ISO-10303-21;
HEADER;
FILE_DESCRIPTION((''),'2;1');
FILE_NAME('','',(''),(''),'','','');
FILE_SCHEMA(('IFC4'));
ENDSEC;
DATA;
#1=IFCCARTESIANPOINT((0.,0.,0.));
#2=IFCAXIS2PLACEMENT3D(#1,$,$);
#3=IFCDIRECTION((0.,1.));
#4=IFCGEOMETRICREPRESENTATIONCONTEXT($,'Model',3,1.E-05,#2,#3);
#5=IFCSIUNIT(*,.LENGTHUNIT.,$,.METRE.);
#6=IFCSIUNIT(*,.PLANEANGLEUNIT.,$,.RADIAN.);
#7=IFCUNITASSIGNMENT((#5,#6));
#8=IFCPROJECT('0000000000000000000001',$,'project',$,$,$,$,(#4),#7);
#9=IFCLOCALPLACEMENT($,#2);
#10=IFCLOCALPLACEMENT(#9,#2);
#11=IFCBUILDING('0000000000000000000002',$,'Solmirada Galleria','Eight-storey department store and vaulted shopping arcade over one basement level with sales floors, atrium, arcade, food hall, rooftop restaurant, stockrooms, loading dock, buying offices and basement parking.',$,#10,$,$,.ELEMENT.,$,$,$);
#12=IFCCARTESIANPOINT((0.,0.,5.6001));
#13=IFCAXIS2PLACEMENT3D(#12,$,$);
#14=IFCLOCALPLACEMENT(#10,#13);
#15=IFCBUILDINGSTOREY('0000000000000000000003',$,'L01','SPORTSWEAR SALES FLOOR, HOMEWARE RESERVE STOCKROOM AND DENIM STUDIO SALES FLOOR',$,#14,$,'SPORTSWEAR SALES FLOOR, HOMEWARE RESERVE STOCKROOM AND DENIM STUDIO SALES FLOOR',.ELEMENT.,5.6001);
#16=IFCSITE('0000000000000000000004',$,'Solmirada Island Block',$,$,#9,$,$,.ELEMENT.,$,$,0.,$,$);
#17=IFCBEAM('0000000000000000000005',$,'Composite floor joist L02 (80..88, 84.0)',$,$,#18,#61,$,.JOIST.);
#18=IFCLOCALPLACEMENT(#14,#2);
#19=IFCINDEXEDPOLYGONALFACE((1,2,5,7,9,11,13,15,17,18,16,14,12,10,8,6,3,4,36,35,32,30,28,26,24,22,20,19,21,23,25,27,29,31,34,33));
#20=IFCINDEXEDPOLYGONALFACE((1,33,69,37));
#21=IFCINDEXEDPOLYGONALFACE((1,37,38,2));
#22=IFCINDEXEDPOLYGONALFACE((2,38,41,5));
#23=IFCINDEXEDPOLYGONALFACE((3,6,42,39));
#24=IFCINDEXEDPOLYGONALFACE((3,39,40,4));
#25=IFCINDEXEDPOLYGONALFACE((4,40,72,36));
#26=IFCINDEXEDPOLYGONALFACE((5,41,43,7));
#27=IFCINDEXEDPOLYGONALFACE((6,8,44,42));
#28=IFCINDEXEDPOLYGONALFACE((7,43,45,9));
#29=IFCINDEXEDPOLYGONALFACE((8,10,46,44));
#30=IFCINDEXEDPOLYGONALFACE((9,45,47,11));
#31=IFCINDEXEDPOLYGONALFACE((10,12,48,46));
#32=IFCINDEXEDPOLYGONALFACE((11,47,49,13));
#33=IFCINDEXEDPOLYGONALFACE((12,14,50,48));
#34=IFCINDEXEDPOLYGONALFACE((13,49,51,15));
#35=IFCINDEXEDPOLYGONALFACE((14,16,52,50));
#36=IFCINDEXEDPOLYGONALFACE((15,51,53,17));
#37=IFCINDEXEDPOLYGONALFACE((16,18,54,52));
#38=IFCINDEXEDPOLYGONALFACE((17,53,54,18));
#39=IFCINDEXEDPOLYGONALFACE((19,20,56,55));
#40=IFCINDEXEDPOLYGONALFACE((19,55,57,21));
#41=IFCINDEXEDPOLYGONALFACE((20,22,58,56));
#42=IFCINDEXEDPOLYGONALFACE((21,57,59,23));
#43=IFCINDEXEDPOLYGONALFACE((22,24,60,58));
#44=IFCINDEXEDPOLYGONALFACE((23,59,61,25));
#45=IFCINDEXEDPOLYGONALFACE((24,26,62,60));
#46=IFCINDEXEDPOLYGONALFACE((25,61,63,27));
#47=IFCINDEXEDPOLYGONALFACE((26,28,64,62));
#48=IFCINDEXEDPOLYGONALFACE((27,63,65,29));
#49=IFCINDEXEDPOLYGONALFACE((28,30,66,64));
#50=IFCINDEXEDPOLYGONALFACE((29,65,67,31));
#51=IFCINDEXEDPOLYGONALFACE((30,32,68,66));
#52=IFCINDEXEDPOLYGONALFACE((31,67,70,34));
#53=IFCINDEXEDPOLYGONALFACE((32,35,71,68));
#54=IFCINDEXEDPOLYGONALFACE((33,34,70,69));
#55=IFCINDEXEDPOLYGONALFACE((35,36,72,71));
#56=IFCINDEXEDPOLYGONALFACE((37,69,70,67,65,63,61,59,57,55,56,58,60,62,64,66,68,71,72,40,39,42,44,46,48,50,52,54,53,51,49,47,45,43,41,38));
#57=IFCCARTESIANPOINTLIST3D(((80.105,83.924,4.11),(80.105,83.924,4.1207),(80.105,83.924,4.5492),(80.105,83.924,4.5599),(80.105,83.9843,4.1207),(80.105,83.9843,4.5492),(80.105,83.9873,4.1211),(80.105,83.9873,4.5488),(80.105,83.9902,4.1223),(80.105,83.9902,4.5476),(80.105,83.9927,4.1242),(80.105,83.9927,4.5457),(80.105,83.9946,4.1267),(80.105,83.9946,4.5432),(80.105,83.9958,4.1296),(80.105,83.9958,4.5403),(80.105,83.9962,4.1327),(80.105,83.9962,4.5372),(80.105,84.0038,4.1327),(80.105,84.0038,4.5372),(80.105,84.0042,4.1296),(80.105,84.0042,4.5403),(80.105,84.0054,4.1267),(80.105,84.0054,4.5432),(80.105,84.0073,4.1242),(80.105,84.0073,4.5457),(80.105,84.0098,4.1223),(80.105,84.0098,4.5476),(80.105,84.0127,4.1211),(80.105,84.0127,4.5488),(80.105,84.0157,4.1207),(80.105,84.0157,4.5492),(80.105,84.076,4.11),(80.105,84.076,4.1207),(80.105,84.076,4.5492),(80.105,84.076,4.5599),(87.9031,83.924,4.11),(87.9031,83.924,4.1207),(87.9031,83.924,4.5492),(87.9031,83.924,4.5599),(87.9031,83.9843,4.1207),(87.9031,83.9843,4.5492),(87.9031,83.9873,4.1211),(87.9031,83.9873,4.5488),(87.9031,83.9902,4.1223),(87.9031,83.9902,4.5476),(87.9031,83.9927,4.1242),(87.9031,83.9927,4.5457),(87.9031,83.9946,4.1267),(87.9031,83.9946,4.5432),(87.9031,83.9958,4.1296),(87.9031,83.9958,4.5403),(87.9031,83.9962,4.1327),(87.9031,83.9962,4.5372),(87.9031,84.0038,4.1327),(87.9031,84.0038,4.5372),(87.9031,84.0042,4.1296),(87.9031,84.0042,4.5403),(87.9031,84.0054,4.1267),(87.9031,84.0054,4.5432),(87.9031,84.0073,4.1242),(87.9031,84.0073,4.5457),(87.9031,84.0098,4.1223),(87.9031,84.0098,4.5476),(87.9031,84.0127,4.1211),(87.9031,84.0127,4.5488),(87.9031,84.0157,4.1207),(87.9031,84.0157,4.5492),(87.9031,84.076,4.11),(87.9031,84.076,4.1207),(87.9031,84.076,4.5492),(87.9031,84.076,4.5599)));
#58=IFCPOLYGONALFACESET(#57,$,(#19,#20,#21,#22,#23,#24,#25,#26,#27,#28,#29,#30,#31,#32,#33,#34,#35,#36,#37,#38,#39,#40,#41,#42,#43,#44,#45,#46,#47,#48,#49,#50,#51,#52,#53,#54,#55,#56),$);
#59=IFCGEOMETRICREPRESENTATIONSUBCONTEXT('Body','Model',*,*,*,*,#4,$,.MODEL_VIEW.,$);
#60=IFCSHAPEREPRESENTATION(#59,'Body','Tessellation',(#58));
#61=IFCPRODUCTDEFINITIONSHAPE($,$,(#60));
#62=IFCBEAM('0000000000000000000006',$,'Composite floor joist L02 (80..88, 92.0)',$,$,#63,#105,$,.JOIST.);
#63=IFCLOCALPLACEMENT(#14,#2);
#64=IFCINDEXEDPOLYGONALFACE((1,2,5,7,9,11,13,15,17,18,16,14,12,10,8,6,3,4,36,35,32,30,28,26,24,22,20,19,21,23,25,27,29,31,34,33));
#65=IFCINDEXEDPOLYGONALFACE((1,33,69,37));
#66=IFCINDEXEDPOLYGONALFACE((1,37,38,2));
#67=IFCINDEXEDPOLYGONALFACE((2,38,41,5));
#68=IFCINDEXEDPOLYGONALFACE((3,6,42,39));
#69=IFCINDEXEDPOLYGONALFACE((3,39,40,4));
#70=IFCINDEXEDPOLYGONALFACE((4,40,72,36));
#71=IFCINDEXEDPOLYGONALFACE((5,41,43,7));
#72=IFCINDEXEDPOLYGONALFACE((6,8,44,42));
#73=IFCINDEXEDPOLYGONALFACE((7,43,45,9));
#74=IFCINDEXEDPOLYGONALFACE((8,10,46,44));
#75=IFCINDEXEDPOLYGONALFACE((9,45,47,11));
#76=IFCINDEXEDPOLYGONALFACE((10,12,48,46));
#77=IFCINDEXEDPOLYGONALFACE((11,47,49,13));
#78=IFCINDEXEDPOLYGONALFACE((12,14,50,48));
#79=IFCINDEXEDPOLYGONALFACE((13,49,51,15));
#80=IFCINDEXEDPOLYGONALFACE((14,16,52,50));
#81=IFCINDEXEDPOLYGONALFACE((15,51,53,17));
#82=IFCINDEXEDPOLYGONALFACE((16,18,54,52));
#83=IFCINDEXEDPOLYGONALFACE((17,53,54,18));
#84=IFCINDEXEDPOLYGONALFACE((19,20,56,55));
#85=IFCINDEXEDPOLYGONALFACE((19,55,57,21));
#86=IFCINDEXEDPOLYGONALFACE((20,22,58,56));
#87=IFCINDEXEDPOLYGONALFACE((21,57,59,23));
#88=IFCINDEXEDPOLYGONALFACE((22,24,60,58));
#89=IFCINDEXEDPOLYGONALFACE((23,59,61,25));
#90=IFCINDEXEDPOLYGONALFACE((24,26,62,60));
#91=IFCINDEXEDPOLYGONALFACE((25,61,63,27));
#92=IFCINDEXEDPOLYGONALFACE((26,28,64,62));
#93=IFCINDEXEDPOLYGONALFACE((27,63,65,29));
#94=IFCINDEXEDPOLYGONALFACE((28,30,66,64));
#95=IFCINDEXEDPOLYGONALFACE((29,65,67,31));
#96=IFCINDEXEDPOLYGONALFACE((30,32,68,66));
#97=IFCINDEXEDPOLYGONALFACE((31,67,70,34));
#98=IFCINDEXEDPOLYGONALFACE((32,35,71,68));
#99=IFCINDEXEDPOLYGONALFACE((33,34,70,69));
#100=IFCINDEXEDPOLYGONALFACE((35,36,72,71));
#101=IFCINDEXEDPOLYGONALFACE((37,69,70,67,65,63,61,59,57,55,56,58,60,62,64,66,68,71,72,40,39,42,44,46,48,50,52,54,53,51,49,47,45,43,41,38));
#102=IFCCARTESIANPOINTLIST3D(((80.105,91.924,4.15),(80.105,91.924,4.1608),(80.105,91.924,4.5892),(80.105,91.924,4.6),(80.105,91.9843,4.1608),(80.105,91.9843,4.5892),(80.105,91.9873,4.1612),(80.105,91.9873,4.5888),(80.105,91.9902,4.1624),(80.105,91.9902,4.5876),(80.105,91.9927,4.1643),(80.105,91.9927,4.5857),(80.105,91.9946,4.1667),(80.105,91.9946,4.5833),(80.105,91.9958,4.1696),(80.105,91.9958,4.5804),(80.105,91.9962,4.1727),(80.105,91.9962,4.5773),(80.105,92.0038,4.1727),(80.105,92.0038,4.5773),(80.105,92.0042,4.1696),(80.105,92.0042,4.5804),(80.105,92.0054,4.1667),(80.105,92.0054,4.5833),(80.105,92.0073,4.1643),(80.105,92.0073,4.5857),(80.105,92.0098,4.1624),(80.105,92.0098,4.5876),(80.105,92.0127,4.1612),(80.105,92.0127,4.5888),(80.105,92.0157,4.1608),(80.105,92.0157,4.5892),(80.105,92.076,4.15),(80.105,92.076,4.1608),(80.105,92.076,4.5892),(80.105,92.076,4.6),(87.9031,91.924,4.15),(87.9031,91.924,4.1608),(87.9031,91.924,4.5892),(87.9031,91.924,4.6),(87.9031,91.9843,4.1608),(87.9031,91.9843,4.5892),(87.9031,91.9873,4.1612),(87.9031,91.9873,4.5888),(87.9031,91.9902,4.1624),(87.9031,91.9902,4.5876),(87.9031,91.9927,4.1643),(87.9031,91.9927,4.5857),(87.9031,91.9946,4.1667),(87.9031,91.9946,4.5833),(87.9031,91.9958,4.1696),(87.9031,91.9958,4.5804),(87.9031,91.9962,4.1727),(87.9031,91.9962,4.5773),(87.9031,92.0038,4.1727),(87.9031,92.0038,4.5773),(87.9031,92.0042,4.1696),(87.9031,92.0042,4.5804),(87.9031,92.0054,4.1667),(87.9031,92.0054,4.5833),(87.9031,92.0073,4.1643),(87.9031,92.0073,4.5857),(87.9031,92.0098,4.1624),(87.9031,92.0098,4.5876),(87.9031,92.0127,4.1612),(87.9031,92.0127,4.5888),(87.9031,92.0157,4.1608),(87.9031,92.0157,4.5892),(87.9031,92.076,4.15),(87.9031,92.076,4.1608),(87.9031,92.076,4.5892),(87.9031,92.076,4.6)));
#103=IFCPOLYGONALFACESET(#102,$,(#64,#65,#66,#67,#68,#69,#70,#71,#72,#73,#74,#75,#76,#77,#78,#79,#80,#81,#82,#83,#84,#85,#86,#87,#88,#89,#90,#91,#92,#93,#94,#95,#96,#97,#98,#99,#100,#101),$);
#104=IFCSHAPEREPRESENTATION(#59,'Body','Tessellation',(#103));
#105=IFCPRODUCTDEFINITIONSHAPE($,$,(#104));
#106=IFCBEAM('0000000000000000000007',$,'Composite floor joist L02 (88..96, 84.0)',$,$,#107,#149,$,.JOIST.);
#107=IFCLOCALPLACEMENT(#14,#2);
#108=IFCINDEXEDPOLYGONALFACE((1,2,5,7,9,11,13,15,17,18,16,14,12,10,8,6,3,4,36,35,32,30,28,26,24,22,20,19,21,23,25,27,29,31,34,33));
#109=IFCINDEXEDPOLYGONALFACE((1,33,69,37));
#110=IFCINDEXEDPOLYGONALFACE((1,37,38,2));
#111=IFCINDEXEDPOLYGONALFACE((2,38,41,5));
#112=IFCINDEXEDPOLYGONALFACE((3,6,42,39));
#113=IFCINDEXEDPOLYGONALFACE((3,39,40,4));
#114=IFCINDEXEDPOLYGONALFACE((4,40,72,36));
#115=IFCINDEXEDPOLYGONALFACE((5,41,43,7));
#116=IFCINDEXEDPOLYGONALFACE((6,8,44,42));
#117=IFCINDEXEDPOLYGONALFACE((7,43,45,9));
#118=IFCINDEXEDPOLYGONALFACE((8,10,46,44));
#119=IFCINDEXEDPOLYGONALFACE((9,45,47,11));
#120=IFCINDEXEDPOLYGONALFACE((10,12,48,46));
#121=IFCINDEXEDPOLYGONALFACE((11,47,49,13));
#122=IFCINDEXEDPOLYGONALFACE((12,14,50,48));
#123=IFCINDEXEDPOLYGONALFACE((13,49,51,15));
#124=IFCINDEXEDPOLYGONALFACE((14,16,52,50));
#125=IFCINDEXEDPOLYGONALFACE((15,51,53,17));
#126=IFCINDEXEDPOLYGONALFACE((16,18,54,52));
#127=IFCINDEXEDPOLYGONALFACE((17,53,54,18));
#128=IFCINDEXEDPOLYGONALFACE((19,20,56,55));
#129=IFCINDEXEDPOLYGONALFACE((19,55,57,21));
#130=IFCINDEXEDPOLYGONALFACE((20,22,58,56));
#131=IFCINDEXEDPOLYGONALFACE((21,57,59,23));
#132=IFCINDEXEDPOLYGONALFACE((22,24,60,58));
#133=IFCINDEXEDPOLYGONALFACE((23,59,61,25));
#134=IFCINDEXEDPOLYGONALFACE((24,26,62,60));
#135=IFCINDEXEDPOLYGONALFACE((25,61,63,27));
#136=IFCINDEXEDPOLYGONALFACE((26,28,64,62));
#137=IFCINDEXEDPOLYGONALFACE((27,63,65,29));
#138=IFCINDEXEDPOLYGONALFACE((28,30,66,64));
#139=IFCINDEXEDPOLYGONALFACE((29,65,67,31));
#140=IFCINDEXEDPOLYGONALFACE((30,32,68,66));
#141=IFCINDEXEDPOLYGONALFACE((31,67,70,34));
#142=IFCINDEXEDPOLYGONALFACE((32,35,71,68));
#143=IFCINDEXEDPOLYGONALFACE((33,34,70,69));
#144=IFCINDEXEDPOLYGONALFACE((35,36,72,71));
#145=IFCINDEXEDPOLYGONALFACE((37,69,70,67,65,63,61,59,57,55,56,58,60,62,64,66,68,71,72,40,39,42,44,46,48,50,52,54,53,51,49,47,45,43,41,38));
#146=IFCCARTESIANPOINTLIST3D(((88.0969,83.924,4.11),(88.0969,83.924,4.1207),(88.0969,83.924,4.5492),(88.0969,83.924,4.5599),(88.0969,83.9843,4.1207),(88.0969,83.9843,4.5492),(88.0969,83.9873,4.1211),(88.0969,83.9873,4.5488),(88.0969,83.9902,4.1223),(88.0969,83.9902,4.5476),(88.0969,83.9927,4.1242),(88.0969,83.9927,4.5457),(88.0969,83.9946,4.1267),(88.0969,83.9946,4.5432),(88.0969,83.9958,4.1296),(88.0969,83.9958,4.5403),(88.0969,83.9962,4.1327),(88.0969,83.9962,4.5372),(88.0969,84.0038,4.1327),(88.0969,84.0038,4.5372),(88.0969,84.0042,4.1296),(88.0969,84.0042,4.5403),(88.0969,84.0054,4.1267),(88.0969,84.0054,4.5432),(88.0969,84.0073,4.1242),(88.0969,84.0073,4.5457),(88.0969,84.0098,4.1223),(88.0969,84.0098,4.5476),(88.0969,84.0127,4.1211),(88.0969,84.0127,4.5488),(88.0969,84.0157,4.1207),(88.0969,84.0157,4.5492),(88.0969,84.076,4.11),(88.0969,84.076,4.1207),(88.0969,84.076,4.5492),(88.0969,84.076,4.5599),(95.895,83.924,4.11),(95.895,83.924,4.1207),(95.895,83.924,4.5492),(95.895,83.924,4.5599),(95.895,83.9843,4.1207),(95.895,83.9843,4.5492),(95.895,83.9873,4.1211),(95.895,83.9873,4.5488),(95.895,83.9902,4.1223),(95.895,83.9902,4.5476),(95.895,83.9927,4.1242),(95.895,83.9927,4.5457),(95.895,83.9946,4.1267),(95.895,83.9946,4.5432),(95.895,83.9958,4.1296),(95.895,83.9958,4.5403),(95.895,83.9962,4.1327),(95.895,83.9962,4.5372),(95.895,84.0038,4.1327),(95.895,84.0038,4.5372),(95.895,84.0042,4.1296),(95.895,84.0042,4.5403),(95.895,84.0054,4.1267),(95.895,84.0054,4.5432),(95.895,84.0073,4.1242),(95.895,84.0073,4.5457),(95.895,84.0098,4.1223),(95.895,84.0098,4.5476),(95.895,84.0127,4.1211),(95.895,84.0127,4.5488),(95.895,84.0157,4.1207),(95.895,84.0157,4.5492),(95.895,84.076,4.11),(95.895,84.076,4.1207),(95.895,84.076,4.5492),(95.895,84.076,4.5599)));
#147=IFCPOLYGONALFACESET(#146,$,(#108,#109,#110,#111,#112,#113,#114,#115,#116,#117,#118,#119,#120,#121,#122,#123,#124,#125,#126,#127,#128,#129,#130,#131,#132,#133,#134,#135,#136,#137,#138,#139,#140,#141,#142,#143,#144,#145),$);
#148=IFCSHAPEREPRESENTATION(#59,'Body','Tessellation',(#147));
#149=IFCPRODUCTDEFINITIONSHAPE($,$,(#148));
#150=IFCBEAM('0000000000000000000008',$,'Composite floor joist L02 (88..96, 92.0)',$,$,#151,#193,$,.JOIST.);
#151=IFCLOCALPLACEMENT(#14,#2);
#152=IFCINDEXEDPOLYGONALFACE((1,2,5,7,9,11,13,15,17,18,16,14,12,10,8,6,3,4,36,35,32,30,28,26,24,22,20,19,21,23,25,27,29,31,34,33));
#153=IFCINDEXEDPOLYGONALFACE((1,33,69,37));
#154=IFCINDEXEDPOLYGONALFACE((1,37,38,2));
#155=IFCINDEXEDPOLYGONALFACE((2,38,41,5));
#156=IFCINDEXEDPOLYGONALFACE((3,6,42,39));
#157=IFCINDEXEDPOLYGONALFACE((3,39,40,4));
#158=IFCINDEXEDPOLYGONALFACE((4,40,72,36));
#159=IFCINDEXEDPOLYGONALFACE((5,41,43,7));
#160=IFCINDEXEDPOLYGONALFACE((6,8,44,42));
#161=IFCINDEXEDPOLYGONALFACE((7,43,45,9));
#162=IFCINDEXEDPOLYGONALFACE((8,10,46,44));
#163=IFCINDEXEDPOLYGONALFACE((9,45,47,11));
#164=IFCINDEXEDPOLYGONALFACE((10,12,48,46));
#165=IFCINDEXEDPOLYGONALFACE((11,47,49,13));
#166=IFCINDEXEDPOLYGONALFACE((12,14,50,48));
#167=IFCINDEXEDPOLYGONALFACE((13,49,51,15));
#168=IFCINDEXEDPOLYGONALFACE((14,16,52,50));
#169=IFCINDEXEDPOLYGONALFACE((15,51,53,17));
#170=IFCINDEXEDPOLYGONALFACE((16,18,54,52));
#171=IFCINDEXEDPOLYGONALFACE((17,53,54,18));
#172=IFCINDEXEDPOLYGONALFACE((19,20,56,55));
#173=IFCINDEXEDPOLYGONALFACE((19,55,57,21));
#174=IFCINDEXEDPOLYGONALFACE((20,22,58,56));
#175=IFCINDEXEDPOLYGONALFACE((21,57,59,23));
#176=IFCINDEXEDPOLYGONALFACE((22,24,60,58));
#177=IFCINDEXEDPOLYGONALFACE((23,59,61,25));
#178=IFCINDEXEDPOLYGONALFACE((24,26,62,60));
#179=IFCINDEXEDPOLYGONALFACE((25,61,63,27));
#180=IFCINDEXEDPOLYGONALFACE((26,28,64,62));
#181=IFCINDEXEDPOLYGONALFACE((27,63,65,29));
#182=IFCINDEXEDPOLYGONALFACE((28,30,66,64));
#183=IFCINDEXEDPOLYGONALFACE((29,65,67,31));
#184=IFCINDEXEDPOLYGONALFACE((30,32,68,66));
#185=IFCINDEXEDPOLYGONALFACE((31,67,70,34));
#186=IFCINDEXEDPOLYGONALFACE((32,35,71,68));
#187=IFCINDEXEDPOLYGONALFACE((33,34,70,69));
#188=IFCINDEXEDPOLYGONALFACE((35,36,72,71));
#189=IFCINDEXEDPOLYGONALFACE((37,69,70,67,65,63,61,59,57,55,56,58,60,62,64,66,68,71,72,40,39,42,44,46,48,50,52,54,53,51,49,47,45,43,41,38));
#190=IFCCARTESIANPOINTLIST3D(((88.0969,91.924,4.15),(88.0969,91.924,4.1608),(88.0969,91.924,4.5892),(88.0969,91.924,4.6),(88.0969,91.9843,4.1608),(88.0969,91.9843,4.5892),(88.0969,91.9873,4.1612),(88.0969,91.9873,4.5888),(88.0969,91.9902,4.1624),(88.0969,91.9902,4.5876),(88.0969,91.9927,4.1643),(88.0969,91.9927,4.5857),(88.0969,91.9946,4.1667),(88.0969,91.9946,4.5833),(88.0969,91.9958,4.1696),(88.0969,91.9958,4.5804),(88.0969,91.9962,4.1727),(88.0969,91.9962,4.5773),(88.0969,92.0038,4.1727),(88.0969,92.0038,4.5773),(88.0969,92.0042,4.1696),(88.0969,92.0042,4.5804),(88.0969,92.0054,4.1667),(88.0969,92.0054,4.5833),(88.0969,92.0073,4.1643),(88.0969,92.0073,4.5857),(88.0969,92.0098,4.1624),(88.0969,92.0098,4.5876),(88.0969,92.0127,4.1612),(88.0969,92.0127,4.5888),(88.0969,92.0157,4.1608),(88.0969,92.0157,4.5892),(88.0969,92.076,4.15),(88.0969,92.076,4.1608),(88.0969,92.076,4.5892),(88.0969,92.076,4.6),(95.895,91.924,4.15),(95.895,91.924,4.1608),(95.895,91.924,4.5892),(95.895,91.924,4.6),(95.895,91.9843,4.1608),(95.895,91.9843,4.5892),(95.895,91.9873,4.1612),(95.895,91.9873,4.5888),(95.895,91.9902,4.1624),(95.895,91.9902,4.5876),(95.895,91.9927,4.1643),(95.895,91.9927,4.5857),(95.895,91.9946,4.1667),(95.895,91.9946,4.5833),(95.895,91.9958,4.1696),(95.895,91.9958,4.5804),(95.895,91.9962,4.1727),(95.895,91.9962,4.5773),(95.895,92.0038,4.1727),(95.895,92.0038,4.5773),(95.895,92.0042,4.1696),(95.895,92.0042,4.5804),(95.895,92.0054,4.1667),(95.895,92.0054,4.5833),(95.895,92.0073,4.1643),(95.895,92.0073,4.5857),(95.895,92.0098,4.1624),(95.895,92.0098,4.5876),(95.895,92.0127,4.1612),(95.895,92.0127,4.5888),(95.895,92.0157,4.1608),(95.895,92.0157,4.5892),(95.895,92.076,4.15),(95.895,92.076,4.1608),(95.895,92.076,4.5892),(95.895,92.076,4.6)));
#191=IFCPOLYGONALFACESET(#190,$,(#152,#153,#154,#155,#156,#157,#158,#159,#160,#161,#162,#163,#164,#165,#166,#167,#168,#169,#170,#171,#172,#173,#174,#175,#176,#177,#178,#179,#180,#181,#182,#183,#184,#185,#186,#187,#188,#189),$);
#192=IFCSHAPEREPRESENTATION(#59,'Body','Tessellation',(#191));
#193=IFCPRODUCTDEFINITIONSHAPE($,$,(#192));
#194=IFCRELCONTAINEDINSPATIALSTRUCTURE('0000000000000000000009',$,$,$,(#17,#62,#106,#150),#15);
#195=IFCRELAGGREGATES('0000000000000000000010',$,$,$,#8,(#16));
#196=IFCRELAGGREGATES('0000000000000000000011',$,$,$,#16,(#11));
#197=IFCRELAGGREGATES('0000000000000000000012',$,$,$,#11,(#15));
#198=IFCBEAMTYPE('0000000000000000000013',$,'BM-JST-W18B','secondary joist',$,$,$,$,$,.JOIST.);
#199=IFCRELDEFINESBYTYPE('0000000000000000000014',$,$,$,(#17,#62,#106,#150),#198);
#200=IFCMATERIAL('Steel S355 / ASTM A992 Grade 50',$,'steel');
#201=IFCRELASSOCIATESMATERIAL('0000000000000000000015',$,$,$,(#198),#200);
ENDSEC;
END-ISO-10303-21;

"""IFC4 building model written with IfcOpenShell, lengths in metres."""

from ifc_helpers import new_model, si_unit, direction, frame, origin, origin_2d, place, context, subcontext, project, spatial, i_section, extrude, material, material_profile, profile_set, type_object, element, save


model = new_model("IFC4")

# Units and contexts
model_context = context("Model", 3, precision=1e-05, world=origin(), true_north=direction((0.0, 1.0)))
body_context = subcontext(model_context, "Body", "Model", "MODEL_VIEW")
ifc_project = project(units=[si_unit("LENGTHUNIT", "METRE"), si_unit("PLANEANGLEUNIT", "RADIAN")], contexts=[model_context])

# Site, building, storey
site_placement = place(None, origin())
site = spatial("IfcSite", under=ifc_project, at=site_placement, Name="Solmirada Island Block", CompositionType="ELEMENT", RefElevation=0.0)
building_placement = place(site_placement, origin())
building = spatial("IfcBuilding", under=site, at=building_placement, Name="Solmirada Galleria", Description="Eight-storey department store and vaulted shopping arcade over one basement level with sales floors, atrium, arcade, food hall, rooftop restaurant, stockrooms, loading dock, buying offices and basement parking.", CompositionType="ELEMENT")
storey_placement = place(building_placement, frame((0.0, 0.0, 5.6001)))
storey = spatial("IfcBuildingStorey", under=building, at=storey_placement, Name="L01", Description="SPORTSWEAR SALES FLOOR, HOMEWARE RESERVE STOCKROOM AND DENIM STUDIO SALES FLOOR", LongName="SPORTSWEAR SALES FLOOR, HOMEWARE RESERVE STOCKROOM AND DENIM STUDIO SALES FLOOR", CompositionType="ELEMENT", Elevation=5.6001)

# Beams
ifc_material_1 = material(Name="Steel S355 / ASTM A992 Grade 50", Category="steel")
ifc_material_profile_1 = material_profile(ifc_material_1, i_section(OverallWidth=0.1521, OverallDepth=0.45, WebThickness=0.0076, FlangeThickness=0.0107, FilletRadius=0.012, at=origin_2d()), Name="W18X35")
ifc_profile_set_1 = profile_set([ifc_material_profile_1], Name="Steel S355 / ASTM A992 Grade 50")
beam_type_1 = type_object("IfcBeamType", Name="BM-JST-W18B", Description="secondary joist", PredefinedType="JOIST", material=ifc_profile_set_1)
for number, where, z_axis, x_axis, name in (
    (1, (80.105, 84.0, 4.335), (1.0, 0.0, 0.0), (0.0, 1.0, 0.0), "Composite floor joist L02 (80..88, 84.0)"),
    (2, (80.105, 92.0, 4.375), (1.0, 0.0, 0.0), (0.0, 1.0, 0.0), "Composite floor joist L02 (80..88, 92.0)"),
    (3, (88.0969, 84.0, 4.335), (1.0, 0.0, 0.0), (0.0, 1.0, 0.0), "Composite floor joist L02 (88..96, 84.0)"),
    (4, (88.0969, 92.0, 4.375), (1.0, 0.0, 0.0), (0.0, 1.0, 0.0), "Composite floor joist L02 (88..96, 92.0)"),
):
    element("IfcBeam", number, at=place(storey_placement, frame(where, z_axis=z_axis, x_axis=x_axis)), inside=storey, type_object=beam_type_1, Name=name, PredefinedType="JOIST", context=body_context, shape_type="SweptSolid", body=[
        extrude(i_section(OverallWidth=0.1521, OverallDepth=0.45, WebThickness=0.0076, FlangeThickness=0.0107, FilletRadius=0.012, at=origin_2d()), origin(), (0.0, 0.0, 1.0), 7.7981),
    ])

save(model, "model.ifc")
